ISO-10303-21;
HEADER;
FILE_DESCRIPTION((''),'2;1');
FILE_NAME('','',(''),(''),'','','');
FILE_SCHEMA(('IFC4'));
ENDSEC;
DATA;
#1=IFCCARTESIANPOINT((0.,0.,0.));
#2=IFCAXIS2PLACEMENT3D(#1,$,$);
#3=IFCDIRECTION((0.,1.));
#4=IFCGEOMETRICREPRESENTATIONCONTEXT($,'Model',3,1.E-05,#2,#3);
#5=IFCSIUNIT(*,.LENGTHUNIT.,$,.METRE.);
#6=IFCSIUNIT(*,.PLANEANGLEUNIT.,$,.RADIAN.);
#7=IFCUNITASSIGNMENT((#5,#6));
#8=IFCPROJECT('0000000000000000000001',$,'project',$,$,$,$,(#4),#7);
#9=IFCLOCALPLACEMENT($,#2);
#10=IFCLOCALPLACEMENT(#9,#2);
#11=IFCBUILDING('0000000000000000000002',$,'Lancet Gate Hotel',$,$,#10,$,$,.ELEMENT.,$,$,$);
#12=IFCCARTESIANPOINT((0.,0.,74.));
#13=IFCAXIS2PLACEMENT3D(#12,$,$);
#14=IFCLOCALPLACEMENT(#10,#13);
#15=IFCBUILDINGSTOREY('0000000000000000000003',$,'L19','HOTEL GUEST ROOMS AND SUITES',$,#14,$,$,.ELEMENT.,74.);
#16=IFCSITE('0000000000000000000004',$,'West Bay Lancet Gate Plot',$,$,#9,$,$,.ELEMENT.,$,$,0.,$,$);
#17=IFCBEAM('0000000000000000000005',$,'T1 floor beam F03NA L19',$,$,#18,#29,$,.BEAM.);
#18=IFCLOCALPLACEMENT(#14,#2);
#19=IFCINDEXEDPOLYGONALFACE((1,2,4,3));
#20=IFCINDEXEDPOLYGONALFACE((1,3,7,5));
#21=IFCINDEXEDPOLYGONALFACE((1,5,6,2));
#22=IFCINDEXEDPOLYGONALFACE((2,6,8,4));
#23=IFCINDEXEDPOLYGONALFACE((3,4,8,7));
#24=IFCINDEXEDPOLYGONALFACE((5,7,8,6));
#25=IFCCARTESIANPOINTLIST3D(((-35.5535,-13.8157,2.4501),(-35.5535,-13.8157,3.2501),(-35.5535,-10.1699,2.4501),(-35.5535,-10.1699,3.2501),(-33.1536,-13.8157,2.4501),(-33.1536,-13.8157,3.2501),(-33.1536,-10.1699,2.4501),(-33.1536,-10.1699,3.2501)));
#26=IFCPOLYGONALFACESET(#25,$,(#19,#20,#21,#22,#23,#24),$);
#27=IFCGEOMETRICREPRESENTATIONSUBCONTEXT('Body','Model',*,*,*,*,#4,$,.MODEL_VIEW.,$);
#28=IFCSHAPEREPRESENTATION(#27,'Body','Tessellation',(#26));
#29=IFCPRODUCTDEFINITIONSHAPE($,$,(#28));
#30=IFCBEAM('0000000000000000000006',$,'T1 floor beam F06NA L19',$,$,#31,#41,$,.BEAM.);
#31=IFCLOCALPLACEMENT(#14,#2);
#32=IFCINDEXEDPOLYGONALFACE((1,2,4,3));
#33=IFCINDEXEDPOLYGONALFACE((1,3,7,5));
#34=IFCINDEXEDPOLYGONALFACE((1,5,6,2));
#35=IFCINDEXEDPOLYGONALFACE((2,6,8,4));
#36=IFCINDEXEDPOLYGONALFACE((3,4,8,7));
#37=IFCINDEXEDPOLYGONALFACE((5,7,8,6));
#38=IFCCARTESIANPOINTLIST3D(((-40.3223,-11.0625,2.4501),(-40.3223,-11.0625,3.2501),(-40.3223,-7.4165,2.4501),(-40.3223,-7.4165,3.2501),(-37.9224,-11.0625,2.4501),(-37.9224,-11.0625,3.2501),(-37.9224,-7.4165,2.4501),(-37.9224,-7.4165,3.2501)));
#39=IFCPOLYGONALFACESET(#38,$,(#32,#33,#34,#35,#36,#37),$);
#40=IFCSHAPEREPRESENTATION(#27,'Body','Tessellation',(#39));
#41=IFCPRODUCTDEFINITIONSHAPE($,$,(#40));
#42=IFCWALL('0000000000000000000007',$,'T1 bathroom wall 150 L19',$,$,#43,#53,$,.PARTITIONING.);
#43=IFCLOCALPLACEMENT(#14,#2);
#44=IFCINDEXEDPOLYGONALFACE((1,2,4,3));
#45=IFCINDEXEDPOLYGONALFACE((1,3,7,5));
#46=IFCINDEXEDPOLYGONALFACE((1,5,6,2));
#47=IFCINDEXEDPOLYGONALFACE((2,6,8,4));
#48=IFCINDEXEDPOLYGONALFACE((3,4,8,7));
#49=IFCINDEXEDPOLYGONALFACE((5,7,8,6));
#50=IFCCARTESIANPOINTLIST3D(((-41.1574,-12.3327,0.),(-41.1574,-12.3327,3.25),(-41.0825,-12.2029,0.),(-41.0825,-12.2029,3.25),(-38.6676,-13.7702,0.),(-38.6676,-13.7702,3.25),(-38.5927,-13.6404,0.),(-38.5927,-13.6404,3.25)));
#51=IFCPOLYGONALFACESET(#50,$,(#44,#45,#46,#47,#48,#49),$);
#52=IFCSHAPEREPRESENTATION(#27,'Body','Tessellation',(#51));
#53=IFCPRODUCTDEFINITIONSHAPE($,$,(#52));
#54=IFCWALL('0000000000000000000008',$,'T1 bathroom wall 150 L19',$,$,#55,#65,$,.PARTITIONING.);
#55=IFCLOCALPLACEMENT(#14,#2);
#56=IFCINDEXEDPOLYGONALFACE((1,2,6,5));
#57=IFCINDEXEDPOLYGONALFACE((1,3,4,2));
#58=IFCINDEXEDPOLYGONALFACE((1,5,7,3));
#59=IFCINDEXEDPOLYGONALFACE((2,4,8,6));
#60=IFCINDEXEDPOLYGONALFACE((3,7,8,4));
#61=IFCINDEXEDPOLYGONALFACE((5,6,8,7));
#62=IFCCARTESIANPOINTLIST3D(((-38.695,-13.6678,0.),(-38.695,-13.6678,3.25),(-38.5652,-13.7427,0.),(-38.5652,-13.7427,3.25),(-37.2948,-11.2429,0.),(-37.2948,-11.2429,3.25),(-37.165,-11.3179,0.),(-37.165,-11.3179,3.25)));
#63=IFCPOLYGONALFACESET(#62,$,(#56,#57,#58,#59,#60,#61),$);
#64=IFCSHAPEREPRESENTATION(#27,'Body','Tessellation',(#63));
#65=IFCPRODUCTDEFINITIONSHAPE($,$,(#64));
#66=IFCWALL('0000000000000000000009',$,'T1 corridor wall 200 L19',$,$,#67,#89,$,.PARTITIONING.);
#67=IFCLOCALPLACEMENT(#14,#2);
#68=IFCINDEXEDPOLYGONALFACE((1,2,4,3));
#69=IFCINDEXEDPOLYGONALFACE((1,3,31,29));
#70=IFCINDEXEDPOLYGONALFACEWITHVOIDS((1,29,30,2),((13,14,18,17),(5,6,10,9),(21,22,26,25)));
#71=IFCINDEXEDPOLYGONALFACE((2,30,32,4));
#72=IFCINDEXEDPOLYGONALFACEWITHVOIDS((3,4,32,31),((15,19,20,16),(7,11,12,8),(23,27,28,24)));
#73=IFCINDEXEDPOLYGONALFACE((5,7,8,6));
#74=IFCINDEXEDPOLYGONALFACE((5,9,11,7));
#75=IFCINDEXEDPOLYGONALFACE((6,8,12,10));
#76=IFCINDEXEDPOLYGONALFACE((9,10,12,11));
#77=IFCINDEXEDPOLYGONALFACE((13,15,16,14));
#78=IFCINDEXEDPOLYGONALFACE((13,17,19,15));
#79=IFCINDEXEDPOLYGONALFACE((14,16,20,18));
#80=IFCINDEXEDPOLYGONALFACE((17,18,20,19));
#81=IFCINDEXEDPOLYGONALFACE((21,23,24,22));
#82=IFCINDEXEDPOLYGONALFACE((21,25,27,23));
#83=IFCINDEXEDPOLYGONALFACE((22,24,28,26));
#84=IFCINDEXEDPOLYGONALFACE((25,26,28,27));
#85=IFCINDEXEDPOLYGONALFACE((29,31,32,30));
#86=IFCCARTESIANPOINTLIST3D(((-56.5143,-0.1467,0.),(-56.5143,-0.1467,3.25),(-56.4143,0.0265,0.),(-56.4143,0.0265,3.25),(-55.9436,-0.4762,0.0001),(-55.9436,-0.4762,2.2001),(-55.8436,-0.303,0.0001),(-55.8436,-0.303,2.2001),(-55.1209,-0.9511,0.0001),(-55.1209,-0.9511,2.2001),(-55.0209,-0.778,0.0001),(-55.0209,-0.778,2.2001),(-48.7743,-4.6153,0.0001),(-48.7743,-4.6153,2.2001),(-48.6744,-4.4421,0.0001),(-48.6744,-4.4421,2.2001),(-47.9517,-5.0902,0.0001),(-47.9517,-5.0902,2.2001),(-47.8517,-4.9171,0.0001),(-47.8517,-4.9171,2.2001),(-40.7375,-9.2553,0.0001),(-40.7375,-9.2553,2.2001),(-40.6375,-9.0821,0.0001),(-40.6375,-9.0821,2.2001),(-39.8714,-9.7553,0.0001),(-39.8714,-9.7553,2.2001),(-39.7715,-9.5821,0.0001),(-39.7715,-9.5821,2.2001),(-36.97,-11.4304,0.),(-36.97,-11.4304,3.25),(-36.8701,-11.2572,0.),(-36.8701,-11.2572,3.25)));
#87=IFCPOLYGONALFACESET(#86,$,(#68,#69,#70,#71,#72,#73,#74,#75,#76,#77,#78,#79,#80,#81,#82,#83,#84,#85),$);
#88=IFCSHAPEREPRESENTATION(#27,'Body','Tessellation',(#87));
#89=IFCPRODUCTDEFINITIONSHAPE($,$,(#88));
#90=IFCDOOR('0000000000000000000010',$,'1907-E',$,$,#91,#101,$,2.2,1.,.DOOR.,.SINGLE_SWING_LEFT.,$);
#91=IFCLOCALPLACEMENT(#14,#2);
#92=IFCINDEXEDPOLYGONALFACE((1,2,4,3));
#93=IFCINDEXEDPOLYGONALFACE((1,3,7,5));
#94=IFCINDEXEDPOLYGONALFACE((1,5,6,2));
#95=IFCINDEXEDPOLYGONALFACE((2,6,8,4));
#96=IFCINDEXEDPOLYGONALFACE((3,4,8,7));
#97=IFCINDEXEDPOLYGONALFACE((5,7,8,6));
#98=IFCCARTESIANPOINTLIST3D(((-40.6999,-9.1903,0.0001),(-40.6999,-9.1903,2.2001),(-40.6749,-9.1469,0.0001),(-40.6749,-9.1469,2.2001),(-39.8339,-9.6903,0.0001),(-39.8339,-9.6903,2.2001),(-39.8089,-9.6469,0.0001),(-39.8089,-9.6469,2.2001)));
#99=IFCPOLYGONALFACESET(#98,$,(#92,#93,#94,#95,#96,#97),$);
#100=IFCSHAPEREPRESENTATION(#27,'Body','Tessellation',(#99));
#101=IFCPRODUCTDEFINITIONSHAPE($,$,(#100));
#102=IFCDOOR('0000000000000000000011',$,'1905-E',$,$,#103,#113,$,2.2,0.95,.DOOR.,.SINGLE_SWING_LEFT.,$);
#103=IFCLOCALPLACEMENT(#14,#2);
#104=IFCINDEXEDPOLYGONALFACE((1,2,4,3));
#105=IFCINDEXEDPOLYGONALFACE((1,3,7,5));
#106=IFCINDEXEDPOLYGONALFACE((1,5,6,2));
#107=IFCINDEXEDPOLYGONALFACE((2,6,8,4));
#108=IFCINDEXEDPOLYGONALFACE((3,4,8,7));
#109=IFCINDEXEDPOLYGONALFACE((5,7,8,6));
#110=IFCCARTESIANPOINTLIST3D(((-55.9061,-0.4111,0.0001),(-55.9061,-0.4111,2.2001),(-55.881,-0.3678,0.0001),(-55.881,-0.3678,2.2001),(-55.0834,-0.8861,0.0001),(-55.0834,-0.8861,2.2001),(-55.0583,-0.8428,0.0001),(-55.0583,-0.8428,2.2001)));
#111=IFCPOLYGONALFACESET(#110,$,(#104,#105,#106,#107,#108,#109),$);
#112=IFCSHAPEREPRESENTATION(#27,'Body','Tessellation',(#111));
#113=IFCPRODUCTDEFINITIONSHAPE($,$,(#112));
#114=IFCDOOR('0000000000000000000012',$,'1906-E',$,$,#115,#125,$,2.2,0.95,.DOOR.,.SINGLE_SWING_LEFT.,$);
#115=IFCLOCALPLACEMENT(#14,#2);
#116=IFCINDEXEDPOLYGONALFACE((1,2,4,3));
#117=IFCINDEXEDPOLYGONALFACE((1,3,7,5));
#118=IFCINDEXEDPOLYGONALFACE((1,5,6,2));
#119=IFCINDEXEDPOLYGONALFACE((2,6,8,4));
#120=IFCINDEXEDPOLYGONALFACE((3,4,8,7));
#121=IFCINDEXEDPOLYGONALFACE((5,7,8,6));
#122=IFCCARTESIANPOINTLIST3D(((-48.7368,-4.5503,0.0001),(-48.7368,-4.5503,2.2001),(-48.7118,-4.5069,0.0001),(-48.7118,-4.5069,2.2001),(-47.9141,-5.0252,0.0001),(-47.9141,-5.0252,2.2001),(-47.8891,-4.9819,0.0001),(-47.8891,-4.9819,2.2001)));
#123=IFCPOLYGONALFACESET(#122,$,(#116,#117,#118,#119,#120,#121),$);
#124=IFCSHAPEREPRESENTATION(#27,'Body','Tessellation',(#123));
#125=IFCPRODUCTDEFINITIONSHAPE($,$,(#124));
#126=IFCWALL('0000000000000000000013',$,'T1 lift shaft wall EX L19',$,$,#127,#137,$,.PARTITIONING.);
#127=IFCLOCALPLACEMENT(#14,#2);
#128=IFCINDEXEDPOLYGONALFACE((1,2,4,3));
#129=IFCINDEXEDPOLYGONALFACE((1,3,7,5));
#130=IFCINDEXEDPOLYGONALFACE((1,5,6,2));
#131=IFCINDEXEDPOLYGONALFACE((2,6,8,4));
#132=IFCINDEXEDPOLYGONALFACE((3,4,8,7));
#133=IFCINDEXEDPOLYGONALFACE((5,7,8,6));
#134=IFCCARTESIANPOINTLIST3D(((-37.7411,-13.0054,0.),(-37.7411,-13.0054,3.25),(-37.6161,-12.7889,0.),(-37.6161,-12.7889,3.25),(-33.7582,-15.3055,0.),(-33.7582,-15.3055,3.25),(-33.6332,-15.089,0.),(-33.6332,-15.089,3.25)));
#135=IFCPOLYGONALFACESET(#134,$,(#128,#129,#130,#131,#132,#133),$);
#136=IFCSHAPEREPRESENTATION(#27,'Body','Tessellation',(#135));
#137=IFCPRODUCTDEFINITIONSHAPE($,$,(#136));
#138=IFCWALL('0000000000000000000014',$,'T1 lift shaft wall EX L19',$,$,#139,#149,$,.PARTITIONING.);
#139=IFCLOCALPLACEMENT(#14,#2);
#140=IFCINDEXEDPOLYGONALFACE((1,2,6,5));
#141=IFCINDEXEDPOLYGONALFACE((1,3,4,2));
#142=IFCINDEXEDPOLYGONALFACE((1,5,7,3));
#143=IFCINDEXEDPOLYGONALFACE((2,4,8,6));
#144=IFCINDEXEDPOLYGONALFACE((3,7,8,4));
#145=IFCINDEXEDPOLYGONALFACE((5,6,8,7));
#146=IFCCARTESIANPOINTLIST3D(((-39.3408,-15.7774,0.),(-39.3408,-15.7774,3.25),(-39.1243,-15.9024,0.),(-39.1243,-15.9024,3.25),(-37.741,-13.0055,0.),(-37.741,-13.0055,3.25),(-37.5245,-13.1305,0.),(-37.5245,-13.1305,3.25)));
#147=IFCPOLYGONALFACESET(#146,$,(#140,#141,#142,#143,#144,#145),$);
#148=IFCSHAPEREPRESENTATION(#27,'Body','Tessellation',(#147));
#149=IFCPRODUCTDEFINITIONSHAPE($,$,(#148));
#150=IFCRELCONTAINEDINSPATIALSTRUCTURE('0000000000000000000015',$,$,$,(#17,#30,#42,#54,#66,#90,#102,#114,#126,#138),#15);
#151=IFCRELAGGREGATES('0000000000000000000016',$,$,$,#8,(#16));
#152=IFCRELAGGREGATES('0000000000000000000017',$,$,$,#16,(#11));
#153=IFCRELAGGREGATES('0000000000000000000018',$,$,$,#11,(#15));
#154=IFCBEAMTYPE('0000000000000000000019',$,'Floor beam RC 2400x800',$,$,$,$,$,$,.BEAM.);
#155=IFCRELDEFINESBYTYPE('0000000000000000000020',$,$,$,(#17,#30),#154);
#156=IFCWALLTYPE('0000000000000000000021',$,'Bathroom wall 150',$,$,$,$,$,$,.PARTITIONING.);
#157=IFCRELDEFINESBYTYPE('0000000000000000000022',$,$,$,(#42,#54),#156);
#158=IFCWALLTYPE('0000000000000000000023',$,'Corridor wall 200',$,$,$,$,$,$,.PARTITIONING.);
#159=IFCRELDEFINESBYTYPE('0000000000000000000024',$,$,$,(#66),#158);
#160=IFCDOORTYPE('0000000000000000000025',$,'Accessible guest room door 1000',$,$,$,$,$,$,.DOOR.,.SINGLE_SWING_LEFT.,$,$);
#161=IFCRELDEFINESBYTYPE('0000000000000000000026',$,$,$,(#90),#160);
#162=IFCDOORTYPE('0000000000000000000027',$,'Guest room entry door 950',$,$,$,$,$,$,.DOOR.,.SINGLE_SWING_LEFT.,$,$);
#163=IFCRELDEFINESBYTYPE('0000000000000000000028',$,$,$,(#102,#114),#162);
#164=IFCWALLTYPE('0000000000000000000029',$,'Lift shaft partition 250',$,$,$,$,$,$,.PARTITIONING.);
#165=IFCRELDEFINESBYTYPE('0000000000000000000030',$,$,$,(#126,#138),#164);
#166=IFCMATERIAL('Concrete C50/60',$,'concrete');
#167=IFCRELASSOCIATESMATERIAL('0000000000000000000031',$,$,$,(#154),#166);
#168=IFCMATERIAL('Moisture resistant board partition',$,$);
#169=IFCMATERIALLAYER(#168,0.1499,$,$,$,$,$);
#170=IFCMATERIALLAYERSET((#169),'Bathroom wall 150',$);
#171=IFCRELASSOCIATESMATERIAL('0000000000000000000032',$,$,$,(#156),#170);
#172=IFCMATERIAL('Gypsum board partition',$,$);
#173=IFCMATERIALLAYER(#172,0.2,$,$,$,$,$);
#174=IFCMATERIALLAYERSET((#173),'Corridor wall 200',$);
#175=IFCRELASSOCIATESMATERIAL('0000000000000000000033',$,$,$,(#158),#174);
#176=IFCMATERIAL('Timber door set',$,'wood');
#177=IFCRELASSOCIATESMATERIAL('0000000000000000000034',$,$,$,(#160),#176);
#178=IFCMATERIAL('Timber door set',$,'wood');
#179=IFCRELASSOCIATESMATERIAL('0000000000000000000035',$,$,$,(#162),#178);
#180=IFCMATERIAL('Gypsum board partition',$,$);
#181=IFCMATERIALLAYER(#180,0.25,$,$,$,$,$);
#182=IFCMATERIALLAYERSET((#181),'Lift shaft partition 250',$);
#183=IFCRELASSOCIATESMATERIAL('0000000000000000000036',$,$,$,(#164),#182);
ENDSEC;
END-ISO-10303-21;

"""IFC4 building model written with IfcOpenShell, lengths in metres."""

from ifc_helpers import new_model, si_unit, direction, frame, frame_2d, origin, origin_2d, place, context, subcontext, project, spatial, rectangle, extrude, material, layer, layer_set, material_profile, profile_set, type_object, element, fill, save


model = new_model("IFC4")

# Units and contexts
model_context = context("Model", 3, precision=1e-05, world=origin(), true_north=direction((0.0, 1.0)))
body_context = subcontext(model_context, "Body", "Model", "MODEL_VIEW")
ifc_project = project(units=[si_unit("LENGTHUNIT", "METRE"), si_unit("PLANEANGLEUNIT", "RADIAN")], contexts=[model_context])

# Site, building, storey
site_placement = place(None, origin())
site = spatial("IfcSite", under=ifc_project, at=site_placement, Name="West Bay Lancet Gate Plot", CompositionType="ELEMENT", RefElevation=0.0)
building_placement = place(site_placement, origin())
building = spatial("IfcBuilding", under=site, at=building_placement, Name="Lancet Gate Hotel", CompositionType="ELEMENT")
storey_placement = place(building_placement, frame((0.0, 0.0, 74.0)))
storey = spatial("IfcBuildingStorey", under=building, at=storey_placement, Name="L19", Description="HOTEL GUEST ROOMS AND SUITES", CompositionType="ELEMENT", Elevation=74.0)

# Beams
ifc_material_1 = material(Name="Concrete C50/60", Category="concrete")
ifc_material_profile = material_profile(ifc_material_1, rectangle(XDim=2.3999, YDim=0.8, at=origin_2d()), Name="RC 2400x800")
ifc_profile_set = profile_set([ifc_material_profile], Name="Concrete C50/60")
beam_type = type_object("IfcBeamType", Name="Floor beam RC 2400x800", PredefinedType="BEAM", material=ifc_profile_set)
beam_1_placement = place(storey_placement, frame((-34.3535, -10.1699, 2.8501), z_axis=(0.0, -1.0, 0.0), x_axis=(1.0, 0.0, 0.0)))
element("IfcBeam", 1, at=beam_1_placement, inside=storey, type_object=beam_type, Name="T1 floor beam F03NA L19", PredefinedType="BEAM", context=body_context, shape_type="SweptSolid", body=[
    extrude(rectangle(XDim=2.3999, YDim=0.8, at=origin_2d()), origin(), (0.0, 0.0, 1.0), 3.6458),
])
beam_2_placement = place(storey_placement, frame((-39.1223, -7.4165, 2.8501), z_axis=(0.0, -1.0, 0.0), x_axis=(1.0, 0.0, 0.0)))
element("IfcBeam", 2, at=beam_2_placement, inside=storey, type_object=beam_type, Name="T1 floor beam F06NA L19", PredefinedType="BEAM", context=body_context, shape_type="SweptSolid", body=[
    extrude(rectangle(XDim=2.3999, YDim=0.8, at=origin_2d()), origin(), (0.0, 0.0, 1.0), 3.646),
])

# Walls
ifc_material_2 = material(Name="Moisture resistant board partition")
ifc_layer_1 = layer(ifc_material_2, 0.1499)
ifc_layer_set_1 = layer_set([ifc_layer_1], Name="Bathroom wall 150")
wall_type_1 = type_object("IfcWallType", Name="Bathroom wall 150", PredefinedType="PARTITIONING", material=ifc_layer_set_1)
wall_1_placement = place(storey_placement, frame((-38.6301, -13.7053, 0.0), z_axis=(0.0, 0.0, 1.0), x_axis=(-0.866019, 0.500012, 0.0)))
element("IfcWall", 3, at=wall_1_placement, inside=storey, type_object=wall_type_1, Name="T1 bathroom wall 150 L19", PredefinedType="PARTITIONING", context=body_context, shape_type="SweptSolid", body=[
    extrude(rectangle(XDim=2.875, YDim=0.1499, at=frame_2d((1.4375, 0.0))), origin(), (0.0, 0.0, 1.0), 3.25),
])
wall_2_placement = place(storey_placement, frame((-37.23, -11.2805, 0.0), z_axis=(0.0, 0.0, 1.0), x_axis=(-0.50005, -0.865997, 0.0)))
element("IfcWall", 4, at=wall_2_placement, inside=storey, type_object=wall_type_1, Name="T1 bathroom wall 150 L19", PredefinedType="PARTITIONING", context=body_context, shape_type="SweptSolid", body=[
    extrude(rectangle(XDim=2.8, YDim=0.1499, at=frame_2d((1.3999, 0.0))), origin(), (0.0, 0.0, 1.0), 3.25),
])

# Wall, openings, doors
ifc_material_3 = material(Name="Gypsum board partition")
ifc_layer_2 = layer(ifc_material_3, 0.2)
ifc_layer_set_2 = layer_set([ifc_layer_2], Name="Corridor wall 200")
wall_type_2 = type_object("IfcWallType", Name="Corridor wall 200", PredefinedType="PARTITIONING", material=ifc_layer_set_2)
wall_3_placement = place(storey_placement, frame((-36.9202, -11.3438, 0.0), z_axis=(0.0, 0.0, 1.0), x_axis=(-0.866028, 0.499995, 0.0)))
wall_3 = element("IfcWall", 5, at=wall_3_placement, inside=storey, type_object=wall_type_2, Name="T1 corridor wall 200 L19", PredefinedType="PARTITIONING", context=body_context, shape_type="SweptSolid", body=[
    extrude(rectangle(XDim=22.5676, YDim=0.2, at=frame_2d((11.2837, 0.0))), origin(), (0.0, 0.0, 1.0), 3.25),
])
opening_1_placement = place(wall_3_placement, frame((20.9585, 0.0, 0.0)))
opening_1 = element("IfcOpeningElement", 6, at=opening_1_placement, cuts=wall_3, PredefinedType="OPENING", context=body_context, shape_type="SweptSolid", body=[
    extrude(rectangle(XDim=0.95, YDim=2.2, at=frame_2d((0.4751, 1.1001))), frame((0.0, 0.1099, 0.0), z_axis=(0.0, -1.0, 0.0), x_axis=(1.0, 0.0, 0.0)), (0.0, 0.0, 1.0), 0.22),
])
opening_2_placement = place(wall_3_placement, frame((12.6802, 0.0, 0.0)))
opening_2 = element("IfcOpeningElement", 7, at=opening_2_placement, cuts=wall_3, PredefinedType="OPENING", context=body_context, shape_type="SweptSolid", body=[
    extrude(rectangle(XDim=0.95, YDim=2.2, at=frame_2d((0.4751, 1.1001))), frame((0.0, 0.1099, 0.0), z_axis=(0.0, -1.0, 0.0), x_axis=(1.0, 0.0, 0.0)), (0.0, 0.0, 1.0), 0.22),
])
opening_3_placement = place(wall_3_placement, frame((3.3501, 0.0, 0.0)))
opening_3 = element("IfcOpeningElement", 8, at=opening_3_placement, cuts=wall_3, PredefinedType="OPENING", context=body_context, shape_type="SweptSolid", body=[
    extrude(rectangle(XDim=1.0, YDim=2.2, at=frame_2d((0.5, 1.1001))), frame((0.0, 0.1099, 0.0), z_axis=(0.0, -1.0, 0.0), x_axis=(1.0, 0.0, 0.0)), (0.0, 0.0, 1.0), 0.22),
])
ifc_material_4 = material(Name="Timber door set", Category="wood")
door_type_1 = type_object("IfcDoorType", Name="Accessible guest room door 1000", OperationType="SINGLE_SWING_LEFT", PredefinedType="DOOR", material=ifc_material_4)
door_1_placement = place(opening_3_placement, origin())
door_1 = element("IfcDoor", 9, at=door_1_placement, inside=storey, type_object=door_type_1, Name="1907-E", OperationType="SINGLE_SWING_LEFT", OverallHeight=2.2, OverallWidth=1.0, PredefinedType="DOOR", context=body_context, shape_type="SweptSolid", body=[
    extrude(rectangle(XDim=1.0, YDim=2.2, at=frame_2d((0.5, 1.1001))), frame((0.0, 0.0249, 0.0), z_axis=(0.0, -1.0, 0.0), x_axis=(1.0, 0.0, 0.0)), (0.0, 0.0, 1.0), 0.05),
])
fill(opening_3, door_1)
ifc_material_5 = material(Name="Timber door set", Category="wood")
door_type_2 = type_object("IfcDoorType", Name="Guest room entry door 950", OperationType="SINGLE_SWING_LEFT", PredefinedType="DOOR", material=ifc_material_5)
door_2_placement = place(opening_1_placement, origin())
door_2 = element("IfcDoor", 10, at=door_2_placement, inside=storey, type_object=door_type_2, Name="1905-E", OperationType="SINGLE_SWING_LEFT", OverallHeight=2.2, OverallWidth=0.95, PredefinedType="DOOR", context=body_context, shape_type="SweptSolid", body=[
    extrude(rectangle(XDim=0.95, YDim=2.2, at=frame_2d((0.4751, 1.1001))), frame((0.0, 0.0249, 0.0), z_axis=(0.0, -1.0, 0.0), x_axis=(1.0, 0.0, 0.0)), (0.0, 0.0, 1.0), 0.05),
])
fill(opening_1, door_2)
door_3_placement = place(opening_2_placement, origin())
door_3 = element("IfcDoor", 11, at=door_3_placement, inside=storey, type_object=door_type_2, Name="1906-E", OperationType="SINGLE_SWING_LEFT", OverallHeight=2.2, OverallWidth=0.95, PredefinedType="DOOR", context=body_context, shape_type="SweptSolid", body=[
    extrude(rectangle(XDim=0.95, YDim=2.2, at=frame_2d((0.4751, 1.1001))), frame((0.0, 0.0249, 0.0), z_axis=(0.0, -1.0, 0.0), x_axis=(1.0, 0.0, 0.0)), (0.0, 0.0, 1.0), 0.05),
])
fill(opening_2, door_3)

# Walls
ifc_material_6 = material(Name="Gypsum board partition")
ifc_layer_3 = layer(ifc_material_6, 0.25)
ifc_layer_set_3 = layer_set([ifc_layer_3], Name="Lift shaft partition 250")
wall_type_3 = type_object("IfcWallType", Name="Lift shaft partition 250", PredefinedType="PARTITIONING", material=ifc_layer_set_3)
wall_4_placement = place(storey_placement, frame((-33.6956, -15.1973, 0.0), z_axis=(0.0, 0.0, 1.0), x_axis=(-0.865977, 0.500084, 0.0)))
element("IfcWall", 12, at=wall_4_placement, inside=storey, type_object=wall_type_3, Name="T1 lift shaft wall EX L19", PredefinedType="PARTITIONING", context=body_context, shape_type="SweptSolid", body=[
    extrude(rectangle(XDim=4.5994, YDim=0.25, at=frame_2d((2.2998, 0.0))), origin(), (0.0, 0.0, 1.0), 3.25),
])
wall_5_placement = place(storey_placement, frame((-37.6328, -13.0681, 0.0), z_axis=(0.0, 0.0, 1.0), x_axis=(-0.499872, -0.866099, 0.0)))
element("IfcWall", 13, at=wall_5_placement, inside=storey, type_object=wall_type_3, Name="T1 lift shaft wall EX L19", PredefinedType="PARTITIONING", context=body_context, shape_type="SweptSolid", body=[
    extrude(rectangle(XDim=3.2004, YDim=0.25, at=frame_2d((1.6001, 0.0))), origin(), (0.0, 0.0, 1.0), 3.25),
])

save(model, "model.ifc")
